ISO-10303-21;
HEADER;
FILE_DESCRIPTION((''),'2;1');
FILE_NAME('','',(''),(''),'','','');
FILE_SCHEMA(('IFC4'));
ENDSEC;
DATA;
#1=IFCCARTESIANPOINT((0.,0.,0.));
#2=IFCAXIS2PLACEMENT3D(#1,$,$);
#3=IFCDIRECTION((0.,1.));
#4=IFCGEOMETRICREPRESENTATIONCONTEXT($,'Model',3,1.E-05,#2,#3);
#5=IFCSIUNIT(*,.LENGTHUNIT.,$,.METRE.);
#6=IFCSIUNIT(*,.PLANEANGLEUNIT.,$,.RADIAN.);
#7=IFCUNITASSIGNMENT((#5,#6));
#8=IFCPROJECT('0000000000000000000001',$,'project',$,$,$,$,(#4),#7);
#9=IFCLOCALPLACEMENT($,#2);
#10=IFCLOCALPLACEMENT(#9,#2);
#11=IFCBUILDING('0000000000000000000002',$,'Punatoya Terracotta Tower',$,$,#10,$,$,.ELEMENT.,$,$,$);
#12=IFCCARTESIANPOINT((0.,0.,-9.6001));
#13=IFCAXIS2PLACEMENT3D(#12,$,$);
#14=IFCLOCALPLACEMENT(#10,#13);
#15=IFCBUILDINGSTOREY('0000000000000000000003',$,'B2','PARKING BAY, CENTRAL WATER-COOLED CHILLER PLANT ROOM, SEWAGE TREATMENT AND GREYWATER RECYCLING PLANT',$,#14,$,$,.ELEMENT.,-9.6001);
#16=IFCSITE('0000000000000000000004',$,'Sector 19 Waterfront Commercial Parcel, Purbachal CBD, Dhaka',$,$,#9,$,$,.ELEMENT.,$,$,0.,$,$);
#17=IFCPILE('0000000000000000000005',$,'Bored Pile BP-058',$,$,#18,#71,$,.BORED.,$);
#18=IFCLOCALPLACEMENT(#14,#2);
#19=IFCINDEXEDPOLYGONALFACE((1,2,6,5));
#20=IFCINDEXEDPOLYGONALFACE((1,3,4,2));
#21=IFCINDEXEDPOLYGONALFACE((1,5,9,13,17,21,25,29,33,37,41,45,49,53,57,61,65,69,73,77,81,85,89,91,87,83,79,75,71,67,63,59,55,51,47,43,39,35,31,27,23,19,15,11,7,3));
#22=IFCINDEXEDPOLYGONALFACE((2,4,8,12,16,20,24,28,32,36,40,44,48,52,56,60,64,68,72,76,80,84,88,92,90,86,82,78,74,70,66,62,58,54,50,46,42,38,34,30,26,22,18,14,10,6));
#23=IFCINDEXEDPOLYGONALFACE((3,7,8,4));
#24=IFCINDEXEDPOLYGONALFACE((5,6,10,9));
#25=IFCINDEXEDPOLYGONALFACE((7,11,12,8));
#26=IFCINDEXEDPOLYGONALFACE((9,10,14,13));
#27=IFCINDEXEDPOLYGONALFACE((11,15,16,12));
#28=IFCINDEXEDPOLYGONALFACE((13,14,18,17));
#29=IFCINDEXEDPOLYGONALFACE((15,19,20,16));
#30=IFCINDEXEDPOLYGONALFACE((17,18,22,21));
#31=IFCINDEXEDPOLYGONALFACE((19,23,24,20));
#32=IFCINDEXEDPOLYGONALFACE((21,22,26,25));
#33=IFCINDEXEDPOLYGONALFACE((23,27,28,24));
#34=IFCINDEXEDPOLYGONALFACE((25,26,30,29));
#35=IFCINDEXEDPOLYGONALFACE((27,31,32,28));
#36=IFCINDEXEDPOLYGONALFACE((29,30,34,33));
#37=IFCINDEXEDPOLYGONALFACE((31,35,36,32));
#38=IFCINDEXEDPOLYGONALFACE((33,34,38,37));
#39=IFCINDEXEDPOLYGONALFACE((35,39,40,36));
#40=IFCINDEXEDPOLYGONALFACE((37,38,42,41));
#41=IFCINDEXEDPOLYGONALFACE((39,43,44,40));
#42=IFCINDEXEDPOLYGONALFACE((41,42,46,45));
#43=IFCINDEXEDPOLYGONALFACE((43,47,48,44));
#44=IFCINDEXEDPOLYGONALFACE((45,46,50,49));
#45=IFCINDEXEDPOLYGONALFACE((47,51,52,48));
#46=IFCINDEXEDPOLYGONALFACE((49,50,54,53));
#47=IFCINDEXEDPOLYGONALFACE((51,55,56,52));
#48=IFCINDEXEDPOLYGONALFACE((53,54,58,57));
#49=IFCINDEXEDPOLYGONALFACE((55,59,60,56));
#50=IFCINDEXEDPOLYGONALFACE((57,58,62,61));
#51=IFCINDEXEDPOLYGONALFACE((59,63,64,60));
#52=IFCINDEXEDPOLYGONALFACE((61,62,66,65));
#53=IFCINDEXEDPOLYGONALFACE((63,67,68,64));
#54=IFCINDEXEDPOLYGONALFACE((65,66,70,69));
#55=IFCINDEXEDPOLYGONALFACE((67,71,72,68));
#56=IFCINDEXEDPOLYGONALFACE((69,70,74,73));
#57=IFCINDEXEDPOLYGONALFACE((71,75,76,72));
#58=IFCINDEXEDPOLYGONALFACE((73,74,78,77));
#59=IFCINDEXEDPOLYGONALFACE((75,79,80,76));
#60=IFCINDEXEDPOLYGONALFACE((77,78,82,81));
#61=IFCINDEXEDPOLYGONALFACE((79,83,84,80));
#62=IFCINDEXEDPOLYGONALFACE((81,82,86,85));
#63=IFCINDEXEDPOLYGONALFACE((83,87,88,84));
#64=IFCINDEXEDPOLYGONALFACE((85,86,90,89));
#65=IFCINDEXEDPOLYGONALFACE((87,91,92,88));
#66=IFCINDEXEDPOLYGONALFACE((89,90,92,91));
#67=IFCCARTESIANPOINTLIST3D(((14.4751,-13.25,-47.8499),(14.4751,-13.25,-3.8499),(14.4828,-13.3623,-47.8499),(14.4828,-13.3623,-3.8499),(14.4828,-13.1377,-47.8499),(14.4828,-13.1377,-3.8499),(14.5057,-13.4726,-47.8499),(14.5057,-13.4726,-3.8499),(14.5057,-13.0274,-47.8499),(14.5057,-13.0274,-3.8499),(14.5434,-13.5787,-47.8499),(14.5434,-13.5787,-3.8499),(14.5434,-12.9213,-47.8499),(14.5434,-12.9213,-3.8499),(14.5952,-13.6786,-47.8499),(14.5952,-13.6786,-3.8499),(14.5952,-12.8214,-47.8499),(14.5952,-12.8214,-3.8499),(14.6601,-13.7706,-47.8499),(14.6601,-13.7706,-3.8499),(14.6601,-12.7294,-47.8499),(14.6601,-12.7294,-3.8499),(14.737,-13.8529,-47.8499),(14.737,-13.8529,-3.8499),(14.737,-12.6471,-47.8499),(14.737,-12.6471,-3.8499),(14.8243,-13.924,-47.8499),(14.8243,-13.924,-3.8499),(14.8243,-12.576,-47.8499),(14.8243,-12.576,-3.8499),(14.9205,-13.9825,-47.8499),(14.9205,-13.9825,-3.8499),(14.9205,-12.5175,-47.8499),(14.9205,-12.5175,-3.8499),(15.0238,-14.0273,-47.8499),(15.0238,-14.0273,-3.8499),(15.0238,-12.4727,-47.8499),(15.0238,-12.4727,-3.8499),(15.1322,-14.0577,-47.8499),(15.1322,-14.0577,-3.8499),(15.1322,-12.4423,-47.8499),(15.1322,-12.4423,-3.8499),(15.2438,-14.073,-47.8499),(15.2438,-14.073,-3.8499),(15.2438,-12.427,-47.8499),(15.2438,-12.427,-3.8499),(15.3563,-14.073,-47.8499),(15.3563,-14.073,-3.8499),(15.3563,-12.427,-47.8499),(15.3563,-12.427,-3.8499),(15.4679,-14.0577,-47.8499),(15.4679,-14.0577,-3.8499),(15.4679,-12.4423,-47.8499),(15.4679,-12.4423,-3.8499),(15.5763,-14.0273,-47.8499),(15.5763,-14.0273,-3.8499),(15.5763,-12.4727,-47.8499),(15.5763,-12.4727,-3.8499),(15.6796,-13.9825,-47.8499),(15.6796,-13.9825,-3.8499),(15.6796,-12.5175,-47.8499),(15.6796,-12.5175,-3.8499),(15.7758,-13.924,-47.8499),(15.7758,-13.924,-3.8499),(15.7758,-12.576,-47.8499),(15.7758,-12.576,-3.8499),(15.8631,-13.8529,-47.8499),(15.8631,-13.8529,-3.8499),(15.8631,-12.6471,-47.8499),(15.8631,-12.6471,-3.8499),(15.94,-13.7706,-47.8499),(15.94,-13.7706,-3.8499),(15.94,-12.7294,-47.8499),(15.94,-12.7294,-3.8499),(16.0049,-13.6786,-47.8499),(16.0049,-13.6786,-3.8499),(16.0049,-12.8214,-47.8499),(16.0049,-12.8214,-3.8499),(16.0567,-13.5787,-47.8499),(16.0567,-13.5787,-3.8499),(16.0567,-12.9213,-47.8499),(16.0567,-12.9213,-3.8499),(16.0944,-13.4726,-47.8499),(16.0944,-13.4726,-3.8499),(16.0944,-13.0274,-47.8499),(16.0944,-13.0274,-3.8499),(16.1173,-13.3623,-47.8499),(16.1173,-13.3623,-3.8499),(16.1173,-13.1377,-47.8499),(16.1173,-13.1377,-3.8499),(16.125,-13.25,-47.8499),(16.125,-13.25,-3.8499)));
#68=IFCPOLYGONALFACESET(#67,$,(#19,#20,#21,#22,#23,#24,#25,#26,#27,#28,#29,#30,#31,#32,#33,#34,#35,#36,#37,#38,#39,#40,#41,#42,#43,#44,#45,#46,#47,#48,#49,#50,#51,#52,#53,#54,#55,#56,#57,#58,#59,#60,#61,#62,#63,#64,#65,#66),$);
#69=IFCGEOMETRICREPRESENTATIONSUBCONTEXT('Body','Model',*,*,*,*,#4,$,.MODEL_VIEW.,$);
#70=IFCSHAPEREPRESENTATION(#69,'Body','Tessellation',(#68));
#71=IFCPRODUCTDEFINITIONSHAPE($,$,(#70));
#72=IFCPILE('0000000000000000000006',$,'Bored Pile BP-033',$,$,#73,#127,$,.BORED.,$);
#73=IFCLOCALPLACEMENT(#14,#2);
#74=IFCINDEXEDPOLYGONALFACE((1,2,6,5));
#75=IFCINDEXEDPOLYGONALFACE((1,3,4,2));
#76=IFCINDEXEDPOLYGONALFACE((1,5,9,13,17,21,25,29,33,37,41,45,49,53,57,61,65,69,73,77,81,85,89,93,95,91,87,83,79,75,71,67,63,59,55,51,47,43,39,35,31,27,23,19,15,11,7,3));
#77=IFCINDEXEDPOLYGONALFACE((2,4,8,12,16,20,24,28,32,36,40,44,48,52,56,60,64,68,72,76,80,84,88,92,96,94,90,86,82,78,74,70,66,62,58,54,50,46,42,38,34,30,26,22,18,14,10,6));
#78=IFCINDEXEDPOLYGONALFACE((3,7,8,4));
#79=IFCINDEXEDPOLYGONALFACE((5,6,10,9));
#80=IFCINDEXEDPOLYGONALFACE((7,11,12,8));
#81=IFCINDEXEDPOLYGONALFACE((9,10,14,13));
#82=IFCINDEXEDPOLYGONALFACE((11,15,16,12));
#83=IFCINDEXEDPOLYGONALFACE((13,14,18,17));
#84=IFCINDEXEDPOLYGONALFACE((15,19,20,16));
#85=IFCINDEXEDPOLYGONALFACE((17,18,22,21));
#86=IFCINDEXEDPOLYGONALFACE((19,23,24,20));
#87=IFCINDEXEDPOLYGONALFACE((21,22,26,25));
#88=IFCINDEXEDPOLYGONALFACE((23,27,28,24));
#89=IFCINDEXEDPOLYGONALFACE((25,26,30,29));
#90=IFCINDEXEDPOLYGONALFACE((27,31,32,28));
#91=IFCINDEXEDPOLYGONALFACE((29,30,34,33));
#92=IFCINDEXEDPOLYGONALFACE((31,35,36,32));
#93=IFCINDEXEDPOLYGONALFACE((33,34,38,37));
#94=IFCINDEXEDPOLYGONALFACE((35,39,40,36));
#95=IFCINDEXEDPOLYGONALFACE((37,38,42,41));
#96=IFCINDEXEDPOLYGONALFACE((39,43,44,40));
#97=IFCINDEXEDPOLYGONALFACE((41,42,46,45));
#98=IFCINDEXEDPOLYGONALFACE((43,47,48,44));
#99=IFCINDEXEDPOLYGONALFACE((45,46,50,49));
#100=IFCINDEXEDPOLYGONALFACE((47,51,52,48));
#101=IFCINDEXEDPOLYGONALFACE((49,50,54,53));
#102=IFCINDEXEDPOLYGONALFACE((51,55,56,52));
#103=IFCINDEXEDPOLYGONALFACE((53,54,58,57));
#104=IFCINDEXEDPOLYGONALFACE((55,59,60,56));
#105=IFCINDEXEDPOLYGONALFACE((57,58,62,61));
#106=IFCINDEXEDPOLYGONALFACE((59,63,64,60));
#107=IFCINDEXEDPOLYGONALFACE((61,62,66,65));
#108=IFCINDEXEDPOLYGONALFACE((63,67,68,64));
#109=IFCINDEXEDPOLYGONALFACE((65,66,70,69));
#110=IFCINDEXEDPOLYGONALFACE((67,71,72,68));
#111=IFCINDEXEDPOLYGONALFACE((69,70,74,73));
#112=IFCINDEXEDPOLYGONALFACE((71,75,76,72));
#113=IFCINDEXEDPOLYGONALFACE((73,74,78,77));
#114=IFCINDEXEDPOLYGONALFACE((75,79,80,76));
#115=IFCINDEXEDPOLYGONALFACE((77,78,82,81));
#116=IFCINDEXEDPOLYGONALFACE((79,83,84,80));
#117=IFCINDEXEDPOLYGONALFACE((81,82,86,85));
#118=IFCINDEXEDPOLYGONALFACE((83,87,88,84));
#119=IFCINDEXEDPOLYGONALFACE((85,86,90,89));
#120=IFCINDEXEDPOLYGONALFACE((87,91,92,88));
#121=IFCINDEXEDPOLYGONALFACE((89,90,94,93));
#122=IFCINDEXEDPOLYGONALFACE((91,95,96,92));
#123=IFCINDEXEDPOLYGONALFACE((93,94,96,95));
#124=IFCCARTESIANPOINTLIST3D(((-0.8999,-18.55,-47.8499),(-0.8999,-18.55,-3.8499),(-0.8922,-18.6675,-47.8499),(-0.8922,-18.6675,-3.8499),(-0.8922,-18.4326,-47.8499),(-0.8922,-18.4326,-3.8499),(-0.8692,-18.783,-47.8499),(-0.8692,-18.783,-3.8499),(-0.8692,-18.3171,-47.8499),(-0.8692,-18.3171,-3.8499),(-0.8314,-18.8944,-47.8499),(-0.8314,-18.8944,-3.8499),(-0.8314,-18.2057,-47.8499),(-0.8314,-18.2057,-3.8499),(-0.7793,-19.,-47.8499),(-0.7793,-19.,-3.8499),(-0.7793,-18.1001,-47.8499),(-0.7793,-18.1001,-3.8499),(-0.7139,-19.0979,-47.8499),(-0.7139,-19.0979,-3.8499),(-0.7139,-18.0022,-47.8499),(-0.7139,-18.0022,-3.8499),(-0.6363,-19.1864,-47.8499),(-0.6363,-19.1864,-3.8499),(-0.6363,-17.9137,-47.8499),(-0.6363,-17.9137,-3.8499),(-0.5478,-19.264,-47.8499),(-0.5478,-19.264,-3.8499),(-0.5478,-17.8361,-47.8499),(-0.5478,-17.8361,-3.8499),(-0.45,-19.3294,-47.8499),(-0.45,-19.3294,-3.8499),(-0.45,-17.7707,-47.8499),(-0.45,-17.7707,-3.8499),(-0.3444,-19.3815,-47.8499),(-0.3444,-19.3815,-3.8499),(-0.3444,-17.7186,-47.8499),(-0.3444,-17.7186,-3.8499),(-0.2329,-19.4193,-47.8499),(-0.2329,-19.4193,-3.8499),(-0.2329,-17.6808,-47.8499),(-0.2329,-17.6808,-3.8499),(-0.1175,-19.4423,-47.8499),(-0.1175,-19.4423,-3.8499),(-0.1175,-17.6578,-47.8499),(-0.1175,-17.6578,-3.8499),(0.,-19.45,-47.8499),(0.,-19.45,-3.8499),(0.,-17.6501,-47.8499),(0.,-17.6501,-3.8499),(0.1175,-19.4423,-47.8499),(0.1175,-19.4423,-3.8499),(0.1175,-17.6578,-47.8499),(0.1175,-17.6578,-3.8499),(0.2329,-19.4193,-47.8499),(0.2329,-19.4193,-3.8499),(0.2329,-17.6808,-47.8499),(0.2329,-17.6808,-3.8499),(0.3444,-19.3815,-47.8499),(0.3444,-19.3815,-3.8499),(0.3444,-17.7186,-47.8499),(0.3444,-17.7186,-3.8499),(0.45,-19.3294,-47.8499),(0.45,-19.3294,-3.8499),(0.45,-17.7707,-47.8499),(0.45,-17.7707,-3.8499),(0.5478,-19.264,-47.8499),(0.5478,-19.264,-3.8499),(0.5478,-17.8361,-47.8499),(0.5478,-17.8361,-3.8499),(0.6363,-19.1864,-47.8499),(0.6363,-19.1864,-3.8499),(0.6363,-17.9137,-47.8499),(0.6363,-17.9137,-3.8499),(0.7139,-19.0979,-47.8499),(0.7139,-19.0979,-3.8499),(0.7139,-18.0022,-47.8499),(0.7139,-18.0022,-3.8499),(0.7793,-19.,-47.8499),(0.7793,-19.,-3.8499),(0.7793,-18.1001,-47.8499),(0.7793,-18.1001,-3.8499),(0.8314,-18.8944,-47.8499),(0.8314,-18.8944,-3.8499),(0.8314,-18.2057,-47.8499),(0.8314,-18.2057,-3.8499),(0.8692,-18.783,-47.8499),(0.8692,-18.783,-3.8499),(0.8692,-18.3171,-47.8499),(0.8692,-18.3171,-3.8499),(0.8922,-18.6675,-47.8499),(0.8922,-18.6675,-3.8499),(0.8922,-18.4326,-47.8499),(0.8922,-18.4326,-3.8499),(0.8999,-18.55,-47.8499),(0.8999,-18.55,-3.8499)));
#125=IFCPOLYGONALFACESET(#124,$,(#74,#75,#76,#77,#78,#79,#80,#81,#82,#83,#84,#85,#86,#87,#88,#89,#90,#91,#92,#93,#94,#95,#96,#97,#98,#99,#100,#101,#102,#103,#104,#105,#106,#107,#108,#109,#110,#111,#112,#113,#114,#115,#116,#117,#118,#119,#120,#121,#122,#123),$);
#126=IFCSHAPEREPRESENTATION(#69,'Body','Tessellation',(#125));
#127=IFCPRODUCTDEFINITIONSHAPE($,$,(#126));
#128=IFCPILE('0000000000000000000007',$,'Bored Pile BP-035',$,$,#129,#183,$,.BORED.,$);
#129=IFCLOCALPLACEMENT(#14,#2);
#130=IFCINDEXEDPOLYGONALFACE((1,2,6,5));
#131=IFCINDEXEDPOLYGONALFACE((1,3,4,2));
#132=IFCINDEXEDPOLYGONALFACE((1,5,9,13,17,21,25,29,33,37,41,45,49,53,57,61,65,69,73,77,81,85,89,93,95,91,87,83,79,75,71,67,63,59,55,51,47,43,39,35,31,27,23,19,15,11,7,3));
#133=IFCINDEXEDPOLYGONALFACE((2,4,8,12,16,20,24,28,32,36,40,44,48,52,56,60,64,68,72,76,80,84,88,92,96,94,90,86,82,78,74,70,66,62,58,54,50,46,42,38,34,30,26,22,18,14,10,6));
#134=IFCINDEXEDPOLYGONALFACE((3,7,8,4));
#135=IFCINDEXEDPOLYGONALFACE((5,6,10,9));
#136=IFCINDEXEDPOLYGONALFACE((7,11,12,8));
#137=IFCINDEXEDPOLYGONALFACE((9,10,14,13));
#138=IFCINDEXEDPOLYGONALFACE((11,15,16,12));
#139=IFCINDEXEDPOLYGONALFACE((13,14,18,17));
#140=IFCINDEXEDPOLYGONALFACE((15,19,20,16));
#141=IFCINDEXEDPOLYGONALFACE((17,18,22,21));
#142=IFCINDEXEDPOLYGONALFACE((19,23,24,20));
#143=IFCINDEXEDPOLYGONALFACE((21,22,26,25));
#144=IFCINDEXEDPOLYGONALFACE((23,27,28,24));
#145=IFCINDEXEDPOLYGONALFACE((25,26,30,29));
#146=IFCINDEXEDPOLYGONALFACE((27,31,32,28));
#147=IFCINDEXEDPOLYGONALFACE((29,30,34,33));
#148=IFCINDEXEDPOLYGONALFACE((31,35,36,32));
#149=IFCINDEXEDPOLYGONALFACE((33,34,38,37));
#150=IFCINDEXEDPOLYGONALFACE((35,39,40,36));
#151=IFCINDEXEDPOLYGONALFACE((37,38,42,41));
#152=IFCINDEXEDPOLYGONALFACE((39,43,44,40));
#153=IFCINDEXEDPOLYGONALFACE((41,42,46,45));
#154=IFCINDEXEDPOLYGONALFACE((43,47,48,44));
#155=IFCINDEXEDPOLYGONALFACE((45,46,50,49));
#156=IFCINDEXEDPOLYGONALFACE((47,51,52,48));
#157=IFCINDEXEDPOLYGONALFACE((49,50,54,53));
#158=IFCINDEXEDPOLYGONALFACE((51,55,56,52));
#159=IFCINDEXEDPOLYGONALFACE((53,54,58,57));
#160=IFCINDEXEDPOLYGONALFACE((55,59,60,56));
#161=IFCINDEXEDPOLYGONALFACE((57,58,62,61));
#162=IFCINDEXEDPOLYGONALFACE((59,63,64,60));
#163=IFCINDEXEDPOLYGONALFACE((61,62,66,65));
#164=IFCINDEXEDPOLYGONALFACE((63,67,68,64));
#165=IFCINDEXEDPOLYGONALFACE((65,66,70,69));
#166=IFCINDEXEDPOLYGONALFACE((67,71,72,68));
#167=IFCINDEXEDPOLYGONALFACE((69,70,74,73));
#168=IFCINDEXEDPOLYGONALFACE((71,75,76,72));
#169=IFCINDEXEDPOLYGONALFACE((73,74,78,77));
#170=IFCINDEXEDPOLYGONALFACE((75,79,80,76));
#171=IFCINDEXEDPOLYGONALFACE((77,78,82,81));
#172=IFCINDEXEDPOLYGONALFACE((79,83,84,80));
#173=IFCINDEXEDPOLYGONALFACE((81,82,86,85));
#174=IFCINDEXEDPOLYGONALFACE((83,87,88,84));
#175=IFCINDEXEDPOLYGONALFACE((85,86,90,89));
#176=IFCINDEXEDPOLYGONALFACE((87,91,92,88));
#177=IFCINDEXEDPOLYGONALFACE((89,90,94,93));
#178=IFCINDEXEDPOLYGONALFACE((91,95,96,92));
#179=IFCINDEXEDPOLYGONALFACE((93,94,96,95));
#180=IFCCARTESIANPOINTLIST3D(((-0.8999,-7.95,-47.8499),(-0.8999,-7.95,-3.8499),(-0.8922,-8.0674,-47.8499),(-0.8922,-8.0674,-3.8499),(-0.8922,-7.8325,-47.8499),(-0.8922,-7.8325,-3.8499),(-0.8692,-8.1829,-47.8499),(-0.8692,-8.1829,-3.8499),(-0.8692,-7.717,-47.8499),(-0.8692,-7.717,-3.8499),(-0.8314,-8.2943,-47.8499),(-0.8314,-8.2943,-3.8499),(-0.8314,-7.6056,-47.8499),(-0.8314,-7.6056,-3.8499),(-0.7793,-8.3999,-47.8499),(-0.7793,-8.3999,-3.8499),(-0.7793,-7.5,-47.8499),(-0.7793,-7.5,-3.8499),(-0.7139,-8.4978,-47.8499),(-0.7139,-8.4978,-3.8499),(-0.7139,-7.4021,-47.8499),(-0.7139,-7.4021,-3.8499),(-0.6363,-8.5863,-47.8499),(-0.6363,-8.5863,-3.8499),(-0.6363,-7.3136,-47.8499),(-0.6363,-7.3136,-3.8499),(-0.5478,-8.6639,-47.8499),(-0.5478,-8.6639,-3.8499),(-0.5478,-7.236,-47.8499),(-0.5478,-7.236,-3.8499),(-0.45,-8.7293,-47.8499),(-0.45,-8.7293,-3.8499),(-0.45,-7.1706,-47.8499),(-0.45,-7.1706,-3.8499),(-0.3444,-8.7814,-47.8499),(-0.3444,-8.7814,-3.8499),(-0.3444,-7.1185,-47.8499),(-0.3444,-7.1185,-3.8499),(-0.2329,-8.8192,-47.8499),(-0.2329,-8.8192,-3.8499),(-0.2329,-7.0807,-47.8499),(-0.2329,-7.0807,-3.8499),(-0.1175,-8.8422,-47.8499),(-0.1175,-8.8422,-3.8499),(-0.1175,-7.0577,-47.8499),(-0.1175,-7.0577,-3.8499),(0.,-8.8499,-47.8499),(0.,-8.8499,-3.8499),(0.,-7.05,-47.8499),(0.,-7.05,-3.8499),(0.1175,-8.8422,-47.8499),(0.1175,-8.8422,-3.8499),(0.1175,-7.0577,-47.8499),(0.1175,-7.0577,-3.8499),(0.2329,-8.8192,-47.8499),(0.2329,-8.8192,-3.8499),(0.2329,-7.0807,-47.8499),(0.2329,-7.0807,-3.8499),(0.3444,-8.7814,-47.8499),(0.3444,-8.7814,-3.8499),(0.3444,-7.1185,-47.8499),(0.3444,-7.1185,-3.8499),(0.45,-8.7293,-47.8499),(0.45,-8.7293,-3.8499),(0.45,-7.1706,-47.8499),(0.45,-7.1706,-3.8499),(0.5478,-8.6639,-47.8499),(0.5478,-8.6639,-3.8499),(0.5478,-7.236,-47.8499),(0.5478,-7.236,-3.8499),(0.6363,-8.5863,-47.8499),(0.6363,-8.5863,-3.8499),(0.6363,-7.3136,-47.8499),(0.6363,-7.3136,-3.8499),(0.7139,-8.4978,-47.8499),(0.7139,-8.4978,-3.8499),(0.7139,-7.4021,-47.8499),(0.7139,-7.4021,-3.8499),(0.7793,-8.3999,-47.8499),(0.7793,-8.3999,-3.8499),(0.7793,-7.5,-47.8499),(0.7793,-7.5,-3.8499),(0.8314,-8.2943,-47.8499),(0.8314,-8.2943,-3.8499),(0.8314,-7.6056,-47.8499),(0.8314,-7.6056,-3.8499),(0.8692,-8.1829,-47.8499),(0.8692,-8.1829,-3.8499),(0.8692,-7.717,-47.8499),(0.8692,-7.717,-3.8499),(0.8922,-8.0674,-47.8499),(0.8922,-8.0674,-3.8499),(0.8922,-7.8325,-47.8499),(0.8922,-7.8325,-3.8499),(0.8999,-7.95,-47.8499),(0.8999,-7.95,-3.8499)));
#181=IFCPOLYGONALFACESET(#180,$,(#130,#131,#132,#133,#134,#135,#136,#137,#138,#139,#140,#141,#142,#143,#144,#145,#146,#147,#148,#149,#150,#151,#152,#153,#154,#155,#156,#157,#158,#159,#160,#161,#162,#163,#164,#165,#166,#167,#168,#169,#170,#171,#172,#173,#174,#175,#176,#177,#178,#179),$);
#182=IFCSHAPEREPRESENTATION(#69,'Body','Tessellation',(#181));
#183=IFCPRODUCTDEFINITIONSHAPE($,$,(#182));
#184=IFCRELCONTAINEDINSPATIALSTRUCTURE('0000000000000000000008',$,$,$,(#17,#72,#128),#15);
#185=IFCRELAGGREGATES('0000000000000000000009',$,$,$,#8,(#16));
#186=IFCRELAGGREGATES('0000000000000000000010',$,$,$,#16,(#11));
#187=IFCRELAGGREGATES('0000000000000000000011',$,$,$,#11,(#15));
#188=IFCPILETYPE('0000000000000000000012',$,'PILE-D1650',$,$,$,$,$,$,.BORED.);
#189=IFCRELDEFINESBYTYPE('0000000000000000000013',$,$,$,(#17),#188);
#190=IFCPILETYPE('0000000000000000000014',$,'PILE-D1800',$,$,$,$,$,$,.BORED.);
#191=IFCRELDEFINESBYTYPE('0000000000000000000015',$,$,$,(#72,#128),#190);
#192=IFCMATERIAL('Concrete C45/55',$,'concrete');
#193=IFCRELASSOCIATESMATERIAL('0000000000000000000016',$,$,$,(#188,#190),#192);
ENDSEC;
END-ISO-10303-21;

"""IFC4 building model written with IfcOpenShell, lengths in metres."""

from ifc_helpers import new_model, si_unit, direction, frame, origin, origin_2d, place, context, subcontext, project, spatial, circle, extrude, material, material_profile, profile_set, type_object, element, save


model = new_model("IFC4")

# Units and contexts
model_context = context("Model", 3, precision=1e-05, world=origin(), true_north=direction((0.0, 1.0)))
body_context = subcontext(model_context, "Body", "Model", "MODEL_VIEW")
ifc_project = project(units=[si_unit("LENGTHUNIT", "METRE"), si_unit("PLANEANGLEUNIT", "RADIAN")], contexts=[model_context])

# Site, building, storey
site_placement = place(None, origin())
site = spatial("IfcSite", under=ifc_project, at=site_placement, Name="Sector 19 Waterfront Commercial Parcel, Purbachal CBD, Dhaka", CompositionType="ELEMENT", RefElevation=0.0)
building_placement = place(site_placement, origin())
building = spatial("IfcBuilding", under=site, at=building_placement, Name="Punatoya Terracotta Tower", CompositionType="ELEMENT")
storey_placement = place(building_placement, frame((0.0, 0.0, -9.6001)))
storey = spatial("IfcBuildingStorey", under=building, at=storey_placement, Name="B2", Description="PARKING BAY, CENTRAL WATER-COOLED CHILLER PLANT ROOM, SEWAGE TREATMENT AND GREYWATER RECYCLING PLANT", CompositionType="ELEMENT", Elevation=-9.6001)

# Shared definitions
ifc_material_1 = material(Name="Concrete C45/55", Category="concrete")

# Piles
ifc_material_profile_1 = material_profile(ifc_material_1, circle(Radius=0.825, at=origin_2d()))
ifc_profile_set_1 = profile_set([ifc_material_profile_1], Name="Concrete C45/55")
pile_type_1 = type_object("IfcPileType", Name="PILE-D1650", PredefinedType="BORED", material=ifc_profile_set_1)
for number, where, z_axis, x_axis, name in (
    (1, (15.3, -13.25, -3.8499), (0.0, 0.0, -1.0), (1.0, 0.0, 0.0), "Bored Pile BP-058"),
):
    element("IfcPile", number, at=place(storey_placement, frame(where, z_axis=z_axis, x_axis=x_axis)), inside=storey, type_object=pile_type_1, Name=name, PredefinedType="BORED", context=body_context, shape_type="SweptSolid", body=[
        extrude(circle(Radius=0.825, at=origin_2d()), origin(), (0.0, 0.0, 1.0), 44.0),
    ])
ifc_material_profile_2 = material_profile(ifc_material_1, circle(Radius=0.8999, at=origin_2d()))
ifc_profile_set_2 = profile_set([ifc_material_profile_2], Name="Concrete C45/55")
pile_type_2 = type_object("IfcPileType", Name="PILE-D1800", PredefinedType="BORED", material=ifc_profile_set_2)
for number, where, z_axis, x_axis, name in (
    (2, (0.0, -18.55, -3.8499), (0.0, 0.0, -1.0), (1.0, 0.0, 0.0), "Bored Pile BP-033"),
    (3, (0.0, -7.95, -3.8499), (0.0, 0.0, -1.0), (1.0, 0.0, 0.0), "Bored Pile BP-035"),
):
    element("IfcPile", number, at=place(storey_placement, frame(where, z_axis=z_axis, x_axis=x_axis)), inside=storey, type_object=pile_type_2, Name=name, PredefinedType="BORED", context=body_context, shape_type="SweptSolid", body=[
        extrude(circle(Radius=0.8999, at=origin_2d()), origin(), (0.0, 0.0, 1.0), 44.0),
    ])

save(model, "model.ifc")
